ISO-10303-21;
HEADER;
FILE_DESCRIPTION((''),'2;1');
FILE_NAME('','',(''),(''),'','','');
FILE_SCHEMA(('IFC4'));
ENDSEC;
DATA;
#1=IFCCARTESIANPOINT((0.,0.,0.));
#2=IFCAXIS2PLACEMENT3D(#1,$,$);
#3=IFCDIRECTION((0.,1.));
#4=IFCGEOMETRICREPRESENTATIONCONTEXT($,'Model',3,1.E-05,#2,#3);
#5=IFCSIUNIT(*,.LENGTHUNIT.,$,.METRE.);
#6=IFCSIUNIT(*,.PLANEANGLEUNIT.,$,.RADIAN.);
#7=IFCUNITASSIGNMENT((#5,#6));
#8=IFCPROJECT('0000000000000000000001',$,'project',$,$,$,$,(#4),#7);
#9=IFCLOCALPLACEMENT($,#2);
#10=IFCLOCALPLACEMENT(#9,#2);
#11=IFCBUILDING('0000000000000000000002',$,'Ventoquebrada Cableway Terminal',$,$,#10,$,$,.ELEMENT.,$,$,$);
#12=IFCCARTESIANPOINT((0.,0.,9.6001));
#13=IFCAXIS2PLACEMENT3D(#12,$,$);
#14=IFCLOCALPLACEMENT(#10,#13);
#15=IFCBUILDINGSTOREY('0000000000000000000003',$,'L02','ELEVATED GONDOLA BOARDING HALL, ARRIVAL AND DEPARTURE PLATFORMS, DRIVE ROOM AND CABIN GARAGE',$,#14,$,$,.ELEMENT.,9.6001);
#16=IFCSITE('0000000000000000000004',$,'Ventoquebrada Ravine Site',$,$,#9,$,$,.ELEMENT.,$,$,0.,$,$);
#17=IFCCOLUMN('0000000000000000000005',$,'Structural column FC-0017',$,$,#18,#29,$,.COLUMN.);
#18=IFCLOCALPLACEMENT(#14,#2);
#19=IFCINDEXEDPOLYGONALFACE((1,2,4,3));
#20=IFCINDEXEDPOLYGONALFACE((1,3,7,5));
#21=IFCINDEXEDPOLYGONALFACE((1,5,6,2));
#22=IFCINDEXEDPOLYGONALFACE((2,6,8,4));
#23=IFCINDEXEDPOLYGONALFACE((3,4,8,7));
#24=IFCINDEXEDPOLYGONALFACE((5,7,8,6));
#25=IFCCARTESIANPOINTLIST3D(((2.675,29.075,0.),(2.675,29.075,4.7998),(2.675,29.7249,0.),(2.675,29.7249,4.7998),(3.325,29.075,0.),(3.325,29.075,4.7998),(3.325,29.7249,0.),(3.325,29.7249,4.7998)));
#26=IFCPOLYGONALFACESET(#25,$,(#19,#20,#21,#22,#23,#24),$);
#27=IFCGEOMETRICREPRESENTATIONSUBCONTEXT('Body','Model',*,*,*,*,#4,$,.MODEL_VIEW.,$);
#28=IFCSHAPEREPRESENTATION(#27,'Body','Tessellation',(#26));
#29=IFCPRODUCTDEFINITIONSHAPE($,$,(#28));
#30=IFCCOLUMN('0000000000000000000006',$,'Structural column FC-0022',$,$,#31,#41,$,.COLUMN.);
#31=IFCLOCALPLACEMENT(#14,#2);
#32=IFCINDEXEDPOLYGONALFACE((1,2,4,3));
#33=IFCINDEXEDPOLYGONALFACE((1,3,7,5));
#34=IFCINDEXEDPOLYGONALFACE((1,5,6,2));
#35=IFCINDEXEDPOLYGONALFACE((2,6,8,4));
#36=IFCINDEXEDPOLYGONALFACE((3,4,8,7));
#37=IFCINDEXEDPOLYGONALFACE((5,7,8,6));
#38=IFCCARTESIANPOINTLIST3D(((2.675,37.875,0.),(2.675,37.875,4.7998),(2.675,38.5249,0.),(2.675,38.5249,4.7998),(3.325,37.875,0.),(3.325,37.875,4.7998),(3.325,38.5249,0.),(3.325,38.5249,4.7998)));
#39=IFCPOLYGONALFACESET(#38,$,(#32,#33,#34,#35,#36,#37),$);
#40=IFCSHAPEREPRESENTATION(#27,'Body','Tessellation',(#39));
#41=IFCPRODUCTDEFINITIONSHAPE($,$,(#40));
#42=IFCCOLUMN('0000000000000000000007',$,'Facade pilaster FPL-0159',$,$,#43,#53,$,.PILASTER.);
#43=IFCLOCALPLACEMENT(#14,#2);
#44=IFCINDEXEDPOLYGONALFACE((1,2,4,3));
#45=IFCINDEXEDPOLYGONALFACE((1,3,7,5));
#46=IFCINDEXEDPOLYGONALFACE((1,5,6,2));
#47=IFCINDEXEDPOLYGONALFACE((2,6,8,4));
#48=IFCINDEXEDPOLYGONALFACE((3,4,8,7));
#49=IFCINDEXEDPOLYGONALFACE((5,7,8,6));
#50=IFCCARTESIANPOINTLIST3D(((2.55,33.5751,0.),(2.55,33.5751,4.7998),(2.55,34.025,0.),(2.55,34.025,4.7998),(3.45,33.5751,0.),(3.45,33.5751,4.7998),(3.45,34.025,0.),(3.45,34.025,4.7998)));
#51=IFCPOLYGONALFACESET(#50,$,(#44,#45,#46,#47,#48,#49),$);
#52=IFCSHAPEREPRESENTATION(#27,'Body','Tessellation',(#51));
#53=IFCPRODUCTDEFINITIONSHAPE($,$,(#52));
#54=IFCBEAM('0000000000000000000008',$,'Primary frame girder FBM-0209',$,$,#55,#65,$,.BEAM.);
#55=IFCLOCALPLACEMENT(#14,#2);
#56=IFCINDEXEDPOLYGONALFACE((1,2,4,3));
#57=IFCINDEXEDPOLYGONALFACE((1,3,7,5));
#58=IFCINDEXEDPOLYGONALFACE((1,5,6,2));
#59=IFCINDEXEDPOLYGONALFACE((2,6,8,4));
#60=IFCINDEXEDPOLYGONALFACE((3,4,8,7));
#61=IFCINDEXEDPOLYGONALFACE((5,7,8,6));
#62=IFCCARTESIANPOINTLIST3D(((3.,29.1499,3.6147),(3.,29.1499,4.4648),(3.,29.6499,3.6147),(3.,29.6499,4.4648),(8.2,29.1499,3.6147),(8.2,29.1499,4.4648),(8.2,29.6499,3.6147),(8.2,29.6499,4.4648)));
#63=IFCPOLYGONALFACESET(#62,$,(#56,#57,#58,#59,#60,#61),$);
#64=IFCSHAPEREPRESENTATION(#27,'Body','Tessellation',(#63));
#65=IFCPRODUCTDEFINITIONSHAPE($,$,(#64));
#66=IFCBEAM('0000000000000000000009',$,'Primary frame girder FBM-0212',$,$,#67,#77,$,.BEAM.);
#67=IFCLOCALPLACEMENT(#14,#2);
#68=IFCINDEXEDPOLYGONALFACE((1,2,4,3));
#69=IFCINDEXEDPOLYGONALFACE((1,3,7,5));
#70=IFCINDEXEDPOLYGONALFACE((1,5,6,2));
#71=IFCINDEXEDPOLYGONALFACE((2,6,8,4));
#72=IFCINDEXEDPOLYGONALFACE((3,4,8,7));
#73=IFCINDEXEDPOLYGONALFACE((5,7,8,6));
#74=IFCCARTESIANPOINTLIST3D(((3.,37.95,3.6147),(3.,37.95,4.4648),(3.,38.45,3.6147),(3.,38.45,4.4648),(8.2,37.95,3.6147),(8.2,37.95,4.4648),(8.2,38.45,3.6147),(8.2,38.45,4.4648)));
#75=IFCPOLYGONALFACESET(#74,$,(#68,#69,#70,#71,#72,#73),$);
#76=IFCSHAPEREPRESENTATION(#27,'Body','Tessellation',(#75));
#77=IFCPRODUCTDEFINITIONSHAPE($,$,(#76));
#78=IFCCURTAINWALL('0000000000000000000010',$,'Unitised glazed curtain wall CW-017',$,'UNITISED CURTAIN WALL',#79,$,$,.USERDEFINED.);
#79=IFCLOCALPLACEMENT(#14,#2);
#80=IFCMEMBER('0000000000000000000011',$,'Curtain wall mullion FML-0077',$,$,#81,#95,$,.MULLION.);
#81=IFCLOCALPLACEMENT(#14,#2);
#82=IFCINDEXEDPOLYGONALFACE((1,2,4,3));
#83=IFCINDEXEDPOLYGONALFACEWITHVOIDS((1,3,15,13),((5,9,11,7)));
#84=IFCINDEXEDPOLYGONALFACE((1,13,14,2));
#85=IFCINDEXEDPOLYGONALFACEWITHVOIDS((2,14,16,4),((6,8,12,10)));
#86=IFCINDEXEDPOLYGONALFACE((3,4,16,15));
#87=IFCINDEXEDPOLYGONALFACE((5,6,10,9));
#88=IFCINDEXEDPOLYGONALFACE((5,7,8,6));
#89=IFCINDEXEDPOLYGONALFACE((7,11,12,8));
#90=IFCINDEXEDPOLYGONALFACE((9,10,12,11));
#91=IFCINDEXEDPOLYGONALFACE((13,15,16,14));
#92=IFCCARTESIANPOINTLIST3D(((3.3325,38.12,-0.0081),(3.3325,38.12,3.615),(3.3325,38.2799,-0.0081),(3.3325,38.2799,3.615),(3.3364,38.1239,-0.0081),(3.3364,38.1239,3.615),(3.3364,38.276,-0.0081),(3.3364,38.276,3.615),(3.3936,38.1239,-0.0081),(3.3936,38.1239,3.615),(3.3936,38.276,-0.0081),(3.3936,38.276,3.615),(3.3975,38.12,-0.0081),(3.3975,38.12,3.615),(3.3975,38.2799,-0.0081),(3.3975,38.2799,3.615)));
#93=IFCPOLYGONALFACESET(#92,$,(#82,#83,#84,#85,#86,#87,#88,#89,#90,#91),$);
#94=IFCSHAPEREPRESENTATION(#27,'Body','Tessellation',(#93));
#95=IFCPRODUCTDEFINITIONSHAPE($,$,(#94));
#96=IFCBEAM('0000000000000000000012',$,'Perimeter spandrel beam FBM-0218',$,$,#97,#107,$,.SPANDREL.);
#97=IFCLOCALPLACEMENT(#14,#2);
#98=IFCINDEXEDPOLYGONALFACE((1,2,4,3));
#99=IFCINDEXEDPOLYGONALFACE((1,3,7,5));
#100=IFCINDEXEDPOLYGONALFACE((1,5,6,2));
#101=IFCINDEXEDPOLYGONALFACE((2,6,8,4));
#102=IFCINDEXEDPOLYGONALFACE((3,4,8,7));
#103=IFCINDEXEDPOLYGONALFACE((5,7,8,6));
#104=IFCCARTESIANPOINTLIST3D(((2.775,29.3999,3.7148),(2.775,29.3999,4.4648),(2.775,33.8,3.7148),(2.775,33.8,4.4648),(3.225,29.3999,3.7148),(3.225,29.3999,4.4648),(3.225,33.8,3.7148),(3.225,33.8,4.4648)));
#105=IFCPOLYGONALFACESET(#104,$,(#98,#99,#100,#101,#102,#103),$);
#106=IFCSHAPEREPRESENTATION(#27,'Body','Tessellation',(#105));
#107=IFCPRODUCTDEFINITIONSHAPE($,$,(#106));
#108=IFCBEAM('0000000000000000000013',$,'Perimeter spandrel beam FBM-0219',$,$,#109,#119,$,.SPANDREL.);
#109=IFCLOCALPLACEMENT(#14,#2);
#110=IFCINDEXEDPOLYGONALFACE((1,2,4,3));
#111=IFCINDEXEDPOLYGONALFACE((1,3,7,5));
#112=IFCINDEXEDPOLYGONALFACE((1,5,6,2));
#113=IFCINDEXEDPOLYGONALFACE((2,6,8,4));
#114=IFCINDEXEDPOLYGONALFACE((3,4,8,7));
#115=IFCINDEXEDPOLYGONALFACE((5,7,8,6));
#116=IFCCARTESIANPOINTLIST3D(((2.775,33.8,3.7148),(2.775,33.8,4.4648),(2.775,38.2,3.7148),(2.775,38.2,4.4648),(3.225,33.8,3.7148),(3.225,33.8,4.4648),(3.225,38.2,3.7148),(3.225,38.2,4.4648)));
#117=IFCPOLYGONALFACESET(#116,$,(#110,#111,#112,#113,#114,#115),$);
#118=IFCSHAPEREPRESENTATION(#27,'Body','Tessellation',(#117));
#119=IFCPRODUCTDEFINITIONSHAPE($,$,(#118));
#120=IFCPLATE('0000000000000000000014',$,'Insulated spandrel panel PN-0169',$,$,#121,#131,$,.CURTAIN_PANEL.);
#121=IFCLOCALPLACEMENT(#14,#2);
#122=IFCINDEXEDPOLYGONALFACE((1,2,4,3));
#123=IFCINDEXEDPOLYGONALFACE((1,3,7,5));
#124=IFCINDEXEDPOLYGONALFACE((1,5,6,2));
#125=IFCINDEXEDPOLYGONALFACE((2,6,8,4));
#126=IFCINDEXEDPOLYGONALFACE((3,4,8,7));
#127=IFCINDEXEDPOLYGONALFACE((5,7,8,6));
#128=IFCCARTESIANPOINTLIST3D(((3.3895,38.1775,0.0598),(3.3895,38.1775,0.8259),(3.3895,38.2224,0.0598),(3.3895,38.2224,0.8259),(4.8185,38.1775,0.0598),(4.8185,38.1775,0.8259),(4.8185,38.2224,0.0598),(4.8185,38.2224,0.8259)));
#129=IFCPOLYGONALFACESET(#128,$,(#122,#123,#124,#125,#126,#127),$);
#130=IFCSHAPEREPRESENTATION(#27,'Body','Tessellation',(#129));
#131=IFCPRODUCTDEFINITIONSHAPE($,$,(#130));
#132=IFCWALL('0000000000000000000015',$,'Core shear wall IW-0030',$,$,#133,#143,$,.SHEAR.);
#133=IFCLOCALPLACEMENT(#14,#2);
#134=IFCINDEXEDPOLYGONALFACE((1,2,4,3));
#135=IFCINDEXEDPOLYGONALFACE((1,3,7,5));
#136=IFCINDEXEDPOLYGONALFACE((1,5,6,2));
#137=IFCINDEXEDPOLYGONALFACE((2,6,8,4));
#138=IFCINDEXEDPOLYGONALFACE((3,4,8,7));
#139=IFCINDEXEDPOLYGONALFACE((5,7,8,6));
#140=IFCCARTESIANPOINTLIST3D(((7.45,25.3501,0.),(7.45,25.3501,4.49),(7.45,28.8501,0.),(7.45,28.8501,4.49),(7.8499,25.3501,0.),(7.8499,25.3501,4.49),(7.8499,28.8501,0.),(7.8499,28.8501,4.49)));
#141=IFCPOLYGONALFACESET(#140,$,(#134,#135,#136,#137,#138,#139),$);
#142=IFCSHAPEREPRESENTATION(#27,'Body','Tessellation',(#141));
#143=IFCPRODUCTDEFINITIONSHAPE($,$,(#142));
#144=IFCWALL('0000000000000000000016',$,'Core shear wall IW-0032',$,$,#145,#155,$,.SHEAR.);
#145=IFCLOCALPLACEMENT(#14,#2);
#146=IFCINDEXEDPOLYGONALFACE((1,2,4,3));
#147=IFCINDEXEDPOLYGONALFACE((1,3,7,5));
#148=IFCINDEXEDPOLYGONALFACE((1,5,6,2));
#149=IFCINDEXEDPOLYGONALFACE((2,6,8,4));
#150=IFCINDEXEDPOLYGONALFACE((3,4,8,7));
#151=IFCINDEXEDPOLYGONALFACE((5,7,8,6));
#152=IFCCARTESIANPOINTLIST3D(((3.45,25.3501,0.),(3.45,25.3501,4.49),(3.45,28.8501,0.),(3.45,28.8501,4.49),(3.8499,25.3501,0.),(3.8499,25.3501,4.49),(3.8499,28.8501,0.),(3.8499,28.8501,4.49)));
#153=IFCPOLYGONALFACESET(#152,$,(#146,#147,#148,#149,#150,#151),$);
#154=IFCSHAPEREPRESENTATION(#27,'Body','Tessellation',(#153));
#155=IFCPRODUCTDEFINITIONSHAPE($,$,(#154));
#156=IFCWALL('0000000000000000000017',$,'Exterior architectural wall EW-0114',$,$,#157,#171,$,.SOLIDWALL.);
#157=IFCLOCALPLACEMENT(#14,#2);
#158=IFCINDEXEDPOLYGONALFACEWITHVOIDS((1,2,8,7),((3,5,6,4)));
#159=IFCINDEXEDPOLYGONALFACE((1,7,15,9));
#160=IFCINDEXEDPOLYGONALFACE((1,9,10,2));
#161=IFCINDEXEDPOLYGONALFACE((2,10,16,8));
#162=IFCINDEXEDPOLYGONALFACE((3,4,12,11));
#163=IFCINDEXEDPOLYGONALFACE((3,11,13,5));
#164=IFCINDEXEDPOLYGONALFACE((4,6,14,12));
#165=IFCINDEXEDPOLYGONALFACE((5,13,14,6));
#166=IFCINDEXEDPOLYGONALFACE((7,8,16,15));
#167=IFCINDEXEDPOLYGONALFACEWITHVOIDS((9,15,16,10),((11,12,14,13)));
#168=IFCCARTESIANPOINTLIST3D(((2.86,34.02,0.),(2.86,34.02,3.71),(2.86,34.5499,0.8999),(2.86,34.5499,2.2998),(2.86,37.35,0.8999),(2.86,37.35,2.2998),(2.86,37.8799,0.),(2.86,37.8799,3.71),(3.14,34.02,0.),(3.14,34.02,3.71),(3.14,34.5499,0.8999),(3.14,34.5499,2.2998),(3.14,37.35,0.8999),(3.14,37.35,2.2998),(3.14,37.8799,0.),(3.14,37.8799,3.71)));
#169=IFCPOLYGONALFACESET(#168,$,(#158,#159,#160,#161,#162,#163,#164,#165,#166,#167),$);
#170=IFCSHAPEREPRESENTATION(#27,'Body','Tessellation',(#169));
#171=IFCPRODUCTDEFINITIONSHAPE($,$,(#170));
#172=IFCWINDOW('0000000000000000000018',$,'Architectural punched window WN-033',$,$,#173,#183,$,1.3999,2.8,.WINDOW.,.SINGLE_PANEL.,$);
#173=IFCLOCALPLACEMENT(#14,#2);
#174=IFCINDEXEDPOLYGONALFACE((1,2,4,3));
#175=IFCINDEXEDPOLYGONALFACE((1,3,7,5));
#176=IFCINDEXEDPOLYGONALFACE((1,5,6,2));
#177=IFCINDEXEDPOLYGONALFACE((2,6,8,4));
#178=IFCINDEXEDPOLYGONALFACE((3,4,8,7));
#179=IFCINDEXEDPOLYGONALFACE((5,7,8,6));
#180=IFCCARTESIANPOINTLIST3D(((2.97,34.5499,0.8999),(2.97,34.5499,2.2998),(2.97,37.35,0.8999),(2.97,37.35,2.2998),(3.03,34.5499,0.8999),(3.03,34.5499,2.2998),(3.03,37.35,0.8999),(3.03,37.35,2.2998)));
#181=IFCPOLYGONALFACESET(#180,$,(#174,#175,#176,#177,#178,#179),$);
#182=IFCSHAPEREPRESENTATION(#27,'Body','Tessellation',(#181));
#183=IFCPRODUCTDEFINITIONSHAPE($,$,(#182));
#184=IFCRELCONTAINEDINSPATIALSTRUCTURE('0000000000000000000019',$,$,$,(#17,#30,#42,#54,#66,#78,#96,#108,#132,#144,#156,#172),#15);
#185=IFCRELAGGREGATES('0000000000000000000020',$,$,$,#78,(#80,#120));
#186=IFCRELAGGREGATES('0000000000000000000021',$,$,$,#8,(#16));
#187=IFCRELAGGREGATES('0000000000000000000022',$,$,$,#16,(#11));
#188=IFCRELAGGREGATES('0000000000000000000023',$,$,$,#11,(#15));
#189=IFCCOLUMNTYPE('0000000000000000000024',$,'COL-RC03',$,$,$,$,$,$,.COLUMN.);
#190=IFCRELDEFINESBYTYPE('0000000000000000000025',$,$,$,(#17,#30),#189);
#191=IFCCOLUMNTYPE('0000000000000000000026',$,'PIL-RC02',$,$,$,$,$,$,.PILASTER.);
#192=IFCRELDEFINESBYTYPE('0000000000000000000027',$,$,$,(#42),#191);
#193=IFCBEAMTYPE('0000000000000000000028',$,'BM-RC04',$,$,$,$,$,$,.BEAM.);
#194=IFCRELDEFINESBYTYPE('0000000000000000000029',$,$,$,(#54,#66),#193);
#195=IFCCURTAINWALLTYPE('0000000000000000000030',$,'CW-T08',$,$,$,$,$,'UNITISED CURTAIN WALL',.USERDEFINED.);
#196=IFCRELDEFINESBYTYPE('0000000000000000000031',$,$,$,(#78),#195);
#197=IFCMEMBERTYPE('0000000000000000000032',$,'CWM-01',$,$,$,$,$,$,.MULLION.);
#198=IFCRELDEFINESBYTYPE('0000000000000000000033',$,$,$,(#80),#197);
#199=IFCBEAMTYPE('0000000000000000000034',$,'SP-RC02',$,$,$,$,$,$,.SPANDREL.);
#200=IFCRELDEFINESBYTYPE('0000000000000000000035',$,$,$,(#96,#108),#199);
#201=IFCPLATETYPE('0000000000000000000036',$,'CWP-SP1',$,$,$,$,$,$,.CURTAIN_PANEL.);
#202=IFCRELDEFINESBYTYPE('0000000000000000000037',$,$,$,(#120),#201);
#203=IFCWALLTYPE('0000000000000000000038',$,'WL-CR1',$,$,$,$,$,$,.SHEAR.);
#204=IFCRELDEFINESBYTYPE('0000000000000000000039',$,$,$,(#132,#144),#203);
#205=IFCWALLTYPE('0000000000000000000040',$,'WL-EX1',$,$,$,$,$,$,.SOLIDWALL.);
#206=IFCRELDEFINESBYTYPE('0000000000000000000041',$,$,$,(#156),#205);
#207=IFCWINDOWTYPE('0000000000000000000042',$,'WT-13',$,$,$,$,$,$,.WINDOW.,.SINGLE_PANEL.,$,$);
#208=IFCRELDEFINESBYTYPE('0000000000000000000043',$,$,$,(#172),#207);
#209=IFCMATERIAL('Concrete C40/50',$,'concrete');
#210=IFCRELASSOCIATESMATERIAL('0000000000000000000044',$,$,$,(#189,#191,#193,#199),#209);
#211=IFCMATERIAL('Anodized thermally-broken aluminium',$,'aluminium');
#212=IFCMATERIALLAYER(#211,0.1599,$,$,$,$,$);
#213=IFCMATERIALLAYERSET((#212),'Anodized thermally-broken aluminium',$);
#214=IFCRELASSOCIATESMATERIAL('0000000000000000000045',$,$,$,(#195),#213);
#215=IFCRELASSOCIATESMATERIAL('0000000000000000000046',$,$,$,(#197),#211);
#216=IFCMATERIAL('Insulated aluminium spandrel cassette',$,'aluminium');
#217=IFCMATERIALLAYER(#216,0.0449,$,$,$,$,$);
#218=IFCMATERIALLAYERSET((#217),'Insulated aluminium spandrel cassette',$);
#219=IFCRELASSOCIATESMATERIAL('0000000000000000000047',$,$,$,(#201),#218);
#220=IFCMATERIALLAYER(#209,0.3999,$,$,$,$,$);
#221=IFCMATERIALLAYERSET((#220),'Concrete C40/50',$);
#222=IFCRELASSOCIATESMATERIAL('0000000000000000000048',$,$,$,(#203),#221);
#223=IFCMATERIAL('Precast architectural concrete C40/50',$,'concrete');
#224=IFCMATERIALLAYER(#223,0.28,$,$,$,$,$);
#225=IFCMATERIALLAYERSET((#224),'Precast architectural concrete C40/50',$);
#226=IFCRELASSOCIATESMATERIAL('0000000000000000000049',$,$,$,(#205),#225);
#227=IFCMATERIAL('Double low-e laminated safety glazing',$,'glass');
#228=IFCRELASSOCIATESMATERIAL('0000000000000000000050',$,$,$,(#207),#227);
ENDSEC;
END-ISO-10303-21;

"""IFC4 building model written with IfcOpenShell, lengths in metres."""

from ifc_helpers import new_model, si_unit, direction, frame, frame_2d, origin, origin_2d, place, context, subcontext, project, spatial, rectangle, hollow_rectangle, extrude, material, layer, layer_set, material_profile, profile_set, type_object, element, fill, aggregate, save


model = new_model("IFC4")

# Units and contexts
model_context = context("Model", 3, precision=1e-05, world=origin(), true_north=direction((0.0, 1.0)))
body_context = subcontext(model_context, "Body", "Model", "MODEL_VIEW")
ifc_project = project(units=[si_unit("LENGTHUNIT", "METRE"), si_unit("PLANEANGLEUNIT", "RADIAN")], contexts=[model_context])

# Site, building, storey
site_placement = place(None, origin())
site = spatial("IfcSite", under=ifc_project, at=site_placement, Name="Ventoquebrada Ravine Site", CompositionType="ELEMENT", RefElevation=0.0)
building_placement = place(site_placement, origin())
building = spatial("IfcBuilding", under=site, at=building_placement, Name="Ventoquebrada Cableway Terminal", CompositionType="ELEMENT")
storey_placement = place(building_placement, frame((0.0, 0.0, 9.6001)))
storey = spatial("IfcBuildingStorey", under=building, at=storey_placement, Name="L02", Description="ELEVATED GONDOLA BOARDING HALL, ARRIVAL AND DEPARTURE PLATFORMS, DRIVE ROOM AND CABIN GARAGE", CompositionType="ELEMENT", Elevation=9.6001)

# Columns
ifc_material_1 = material(Name="Concrete C40/50", Category="concrete")
ifc_material_profile_1 = material_profile(ifc_material_1, rectangle(XDim=0.6499, YDim=0.6499, at=origin_2d()), Name="RC-COL-650X650")
ifc_profile_set_1 = profile_set([ifc_material_profile_1], Name="Concrete C40/50")
column_type_1 = type_object("IfcColumnType", Name="COL-RC03", PredefinedType="COLUMN", material=ifc_profile_set_1)
for number, where, z_axis, x_axis, name in (
    (1, (3.0, 29.3999, 0.0), (0.0, 0.0, 1.0), (1.0, 0.0, 0.0), "Structural column FC-0017"),
    (2, (3.0, 38.2, 0.0), (0.0, 0.0, 1.0), (1.0, 0.0, 0.0), "Structural column FC-0022"),
):
    element("IfcColumn", number, at=place(storey_placement, frame(where, z_axis=z_axis, x_axis=x_axis)), inside=storey, type_object=column_type_1, Name=name, PredefinedType="COLUMN", context=body_context, shape_type="SweptSolid", body=[
        extrude(rectangle(XDim=0.6499, YDim=0.6499, at=origin_2d()), origin(), (0.0, 0.0, 1.0), 4.7998),
    ])
ifc_material_profile_2 = material_profile(ifc_material_1, rectangle(XDim=0.45, YDim=0.8999, at=origin_2d()), Name="RC-PIL-450X900")
ifc_profile_set_2 = profile_set([ifc_material_profile_2], Name="Concrete C40/50")
column_type_2 = type_object("IfcColumnType", Name="PIL-RC02", PredefinedType="PILASTER", material=ifc_profile_set_2)
column_placement = place(storey_placement, frame((3.0, 33.8, 0.0), z_axis=(0.0, 0.0, 1.0), x_axis=(0.0, 1.0, 0.0)))
element("IfcColumn", 3, at=column_placement, inside=storey, type_object=column_type_2, Name="Facade pilaster FPL-0159", PredefinedType="PILASTER", context=body_context, shape_type="SweptSolid", body=[
    extrude(rectangle(XDim=0.45, YDim=0.8999, at=origin_2d()), origin(), (0.0, 0.0, 1.0), 4.7998),
])

# Beams
ifc_material_profile_3 = material_profile(ifc_material_1, rectangle(XDim=0.5, YDim=0.8501, at=origin_2d()), Name="RC-BM-500X850")
ifc_profile_set_3 = profile_set([ifc_material_profile_3], Name="Concrete C40/50")
beam_type_1 = type_object("IfcBeamType", Name="BM-RC04", PredefinedType="BEAM", material=ifc_profile_set_3)
for number, where, z_axis, x_axis, name in (
    (4, (3.0, 29.3999, 4.0398), (1.0, 0.0, 0.0), (0.0, 1.0, 0.0), "Primary frame girder FBM-0209"),
    (5, (3.0, 38.2, 4.0398), (1.0, 0.0, 0.0), (0.0, 1.0, 0.0), "Primary frame girder FBM-0212"),
):
    element("IfcBeam", number, at=place(storey_placement, frame(where, z_axis=z_axis, x_axis=x_axis)), inside=storey, type_object=beam_type_1, Name=name, PredefinedType="BEAM", context=body_context, shape_type="SweptSolid", body=[
        extrude(rectangle(XDim=0.5, YDim=0.8501, at=origin_2d()), origin(), (0.0, 0.0, 1.0), 5.2),
    ])

# Curtain wall, member
ifc_material_2 = material(Name="Anodized thermally-broken aluminium", Category="aluminium")
ifc_layer_1 = layer(ifc_material_2, 0.1599)
ifc_layer_set_1 = layer_set([ifc_layer_1], Name="Anodized thermally-broken aluminium")
curtain_wall_type = type_object("IfcCurtainWallType", Name="CW-T08", ElementType="UNITISED CURTAIN WALL", PredefinedType="USERDEFINED", material=ifc_layer_set_1)
curtain_wall_placement = place(storey_placement, origin())
curtain_wall = element("IfcCurtainWall", 6, at=curtain_wall_placement, inside=storey, type_object=curtain_wall_type, Name="Unitised glazed curtain wall CW-017", ObjectType="UNITISED CURTAIN WALL", PredefinedType="USERDEFINED")
ifc_material_profile_4 = material_profile(ifc_material_2, hollow_rectangle(XDim=0.0649, YDim=0.1599, WallThickness=0.0039, at=origin_2d()), Name="CW-MUL-65X160")
ifc_profile_set_4 = profile_set([ifc_material_profile_4], Name="Anodized thermally-broken aluminium")
member_type = type_object("IfcMemberType", Name="CWM-01", PredefinedType="MULLION", material=ifc_profile_set_4)
member_placement = place(storey_placement, frame((3.365, 38.2, -0.0081), z_axis=(0.0, 0.0, 1.0), x_axis=(-1.0, 0.0, 0.0)))
member = element("IfcMember", 7, at=member_placement, type_object=member_type, Name="Curtain wall mullion FML-0077", PredefinedType="MULLION", context=body_context, shape_type="SweptSolid", body=[
    extrude(hollow_rectangle(XDim=0.0649, YDim=0.1599, WallThickness=0.0039, at=origin_2d()), origin(), (0.0, 0.0, 1.0), 3.623),
])

# Beams
ifc_material_profile_5 = material_profile(ifc_material_1, rectangle(XDim=0.45, YDim=0.75, at=origin_2d()), Name="RC-BM-450X750")
ifc_profile_set_5 = profile_set([ifc_material_profile_5], Name="Concrete C40/50")
beam_type_2 = type_object("IfcBeamType", Name="SP-RC02", PredefinedType="SPANDREL", material=ifc_profile_set_5)
beam_1_placement = place(storey_placement, frame((3.0, 29.3999, 4.0898), z_axis=(0.0, 1.0, 0.0), x_axis=(-1.0, 0.0, 0.0)))
element("IfcBeam", 8, at=beam_1_placement, inside=storey, type_object=beam_type_2, Name="Perimeter spandrel beam FBM-0218", PredefinedType="SPANDREL", context=body_context, shape_type="SweptSolid", body=[
    extrude(rectangle(XDim=0.45, YDim=0.75, at=origin_2d()), origin(), (0.0, 0.0, 1.0), 4.4001),
])
beam_2_placement = place(storey_placement, frame((3.0, 33.8, 4.0898), z_axis=(0.0, 1.0, 0.0), x_axis=(-1.0, 0.0, 0.0)))
element("IfcBeam", 9, at=beam_2_placement, inside=storey, type_object=beam_type_2, Name="Perimeter spandrel beam FBM-0219", PredefinedType="SPANDREL", context=body_context, shape_type="SweptSolid", body=[
    extrude(rectangle(XDim=0.45, YDim=0.75, at=origin_2d()), origin(), (0.0, 0.0, 1.0), 4.3999),
])

# Plate
ifc_material_3 = material(Name="Insulated aluminium spandrel cassette", Category="aluminium")
ifc_layer_2 = layer(ifc_material_3, 0.0449)
ifc_layer_set_2 = layer_set([ifc_layer_2], Name="Insulated aluminium spandrel cassette")
plate_type = type_object("IfcPlateType", Name="CWP-SP1", PredefinedType="CURTAIN_PANEL", material=ifc_layer_set_2)
plate_placement = place(storey_placement, frame((4.104, 38.2, 0.0598), z_axis=(0.0, 0.0, 1.0), x_axis=(-1.0, 0.0, 0.0)))
plate = element("IfcPlate", 10, at=plate_placement, type_object=plate_type, Name="Insulated spandrel panel PN-0169", PredefinedType="CURTAIN_PANEL", context=body_context, shape_type="SweptSolid", body=[
    extrude(rectangle(XDim=1.429, YDim=0.0449, at=origin_2d()), origin(), (0.0, 0.0, 1.0), 0.7661),
])
aggregate(curtain_wall, [member, plate])

# Walls
ifc_layer_3 = layer(ifc_material_1, 0.3999)
ifc_layer_set_3 = layer_set([ifc_layer_3], Name="Concrete C40/50")
wall_type_1 = type_object("IfcWallType", Name="WL-CR1", PredefinedType="SHEAR", material=ifc_layer_set_3)
for number, where, z_axis, x_axis, name in (
    (11, (7.6499, 25.3501, 0.0), (0.0, 0.0, 1.0), (0.0, 1.0, 0.0), "Core shear wall IW-0030"),
    (12, (3.6499, 28.8501, 0.0), (0.0, 0.0, 1.0), (0.0, -1.0, 0.0), "Core shear wall IW-0032"),
):
    element("IfcWall", number, at=place(storey_placement, frame(where, z_axis=z_axis, x_axis=x_axis)), inside=storey, type_object=wall_type_1, Name=name, PredefinedType="SHEAR", context=body_context, shape_type="SweptSolid", body=[
        extrude(rectangle(XDim=3.5, YDim=0.3999, at=frame_2d((1.75, 0.0))), origin(), (0.0, 0.0, 1.0), 4.49),
    ])

# Wall, opening, window
ifc_material_4 = material(Name="Precast architectural concrete C40/50", Category="concrete")
ifc_layer_4 = layer(ifc_material_4, 0.28)
ifc_layer_set_4 = layer_set([ifc_layer_4], Name="Precast architectural concrete C40/50")
wall_type_2 = type_object("IfcWallType", Name="WL-EX1", PredefinedType="SOLIDWALL", material=ifc_layer_set_4)
wall_1_placement = place(storey_placement, frame((3.0, 37.8799, 0.0), z_axis=(0.0, 0.0, 1.0), x_axis=(0.0, -1.0, 0.0)))
wall_1 = element("IfcWall", 13, at=wall_1_placement, inside=storey, type_object=wall_type_2, Name="Exterior architectural wall EW-0114", PredefinedType="SOLIDWALL", context=body_context, shape_type="SweptSolid", body=[
    extrude(rectangle(XDim=3.8599, YDim=0.28, at=frame_2d((1.9299, 0.0))), origin(), (0.0, 0.0, 1.0), 3.71),
])
opening_1_placement = place(wall_1_placement, frame((0.53, 0.0, 0.8999)))
opening_1 = element("IfcOpeningElement", 14, at=opening_1_placement, cuts=wall_1, PredefinedType="OPENING", context=body_context, shape_type="SweptSolid", body=[
    extrude(rectangle(XDim=2.8, YDim=1.3999, at=frame_2d((1.3999, 0.7))), frame((0.0, 0.1499, 0.0), z_axis=(0.0, -1.0, 0.0), x_axis=(1.0, 0.0, 0.0)), (0.0, 0.0, 1.0), 0.3),
])
ifc_material_5 = material(Name="Double low-e laminated safety glazing", Category="glass")
window_type_1 = type_object("IfcWindowType", Name="WT-13", PartitioningType="SINGLE_PANEL", PredefinedType="WINDOW", material=ifc_material_5)
window_1_placement = place(opening_1_placement, origin())
window_1 = element("IfcWindow", 15, at=window_1_placement, inside=storey, type_object=window_type_1, Name="Architectural punched window WN-033", OverallHeight=1.3999, OverallWidth=2.8, PartitioningType="SINGLE_PANEL", PredefinedType="WINDOW", context=body_context, shape_type="SweptSolid", body=[
    extrude(rectangle(XDim=2.8, YDim=1.3999, at=frame_2d((1.3999, 0.7))), frame((0.0, 0.03, 0.0), z_axis=(0.0, -1.0, 0.0), x_axis=(1.0, 0.0, 0.0)), (0.0, 0.0, 1.0), 0.0601),
])
fill(opening_1, window_1)

save(model, "model.ifc")
